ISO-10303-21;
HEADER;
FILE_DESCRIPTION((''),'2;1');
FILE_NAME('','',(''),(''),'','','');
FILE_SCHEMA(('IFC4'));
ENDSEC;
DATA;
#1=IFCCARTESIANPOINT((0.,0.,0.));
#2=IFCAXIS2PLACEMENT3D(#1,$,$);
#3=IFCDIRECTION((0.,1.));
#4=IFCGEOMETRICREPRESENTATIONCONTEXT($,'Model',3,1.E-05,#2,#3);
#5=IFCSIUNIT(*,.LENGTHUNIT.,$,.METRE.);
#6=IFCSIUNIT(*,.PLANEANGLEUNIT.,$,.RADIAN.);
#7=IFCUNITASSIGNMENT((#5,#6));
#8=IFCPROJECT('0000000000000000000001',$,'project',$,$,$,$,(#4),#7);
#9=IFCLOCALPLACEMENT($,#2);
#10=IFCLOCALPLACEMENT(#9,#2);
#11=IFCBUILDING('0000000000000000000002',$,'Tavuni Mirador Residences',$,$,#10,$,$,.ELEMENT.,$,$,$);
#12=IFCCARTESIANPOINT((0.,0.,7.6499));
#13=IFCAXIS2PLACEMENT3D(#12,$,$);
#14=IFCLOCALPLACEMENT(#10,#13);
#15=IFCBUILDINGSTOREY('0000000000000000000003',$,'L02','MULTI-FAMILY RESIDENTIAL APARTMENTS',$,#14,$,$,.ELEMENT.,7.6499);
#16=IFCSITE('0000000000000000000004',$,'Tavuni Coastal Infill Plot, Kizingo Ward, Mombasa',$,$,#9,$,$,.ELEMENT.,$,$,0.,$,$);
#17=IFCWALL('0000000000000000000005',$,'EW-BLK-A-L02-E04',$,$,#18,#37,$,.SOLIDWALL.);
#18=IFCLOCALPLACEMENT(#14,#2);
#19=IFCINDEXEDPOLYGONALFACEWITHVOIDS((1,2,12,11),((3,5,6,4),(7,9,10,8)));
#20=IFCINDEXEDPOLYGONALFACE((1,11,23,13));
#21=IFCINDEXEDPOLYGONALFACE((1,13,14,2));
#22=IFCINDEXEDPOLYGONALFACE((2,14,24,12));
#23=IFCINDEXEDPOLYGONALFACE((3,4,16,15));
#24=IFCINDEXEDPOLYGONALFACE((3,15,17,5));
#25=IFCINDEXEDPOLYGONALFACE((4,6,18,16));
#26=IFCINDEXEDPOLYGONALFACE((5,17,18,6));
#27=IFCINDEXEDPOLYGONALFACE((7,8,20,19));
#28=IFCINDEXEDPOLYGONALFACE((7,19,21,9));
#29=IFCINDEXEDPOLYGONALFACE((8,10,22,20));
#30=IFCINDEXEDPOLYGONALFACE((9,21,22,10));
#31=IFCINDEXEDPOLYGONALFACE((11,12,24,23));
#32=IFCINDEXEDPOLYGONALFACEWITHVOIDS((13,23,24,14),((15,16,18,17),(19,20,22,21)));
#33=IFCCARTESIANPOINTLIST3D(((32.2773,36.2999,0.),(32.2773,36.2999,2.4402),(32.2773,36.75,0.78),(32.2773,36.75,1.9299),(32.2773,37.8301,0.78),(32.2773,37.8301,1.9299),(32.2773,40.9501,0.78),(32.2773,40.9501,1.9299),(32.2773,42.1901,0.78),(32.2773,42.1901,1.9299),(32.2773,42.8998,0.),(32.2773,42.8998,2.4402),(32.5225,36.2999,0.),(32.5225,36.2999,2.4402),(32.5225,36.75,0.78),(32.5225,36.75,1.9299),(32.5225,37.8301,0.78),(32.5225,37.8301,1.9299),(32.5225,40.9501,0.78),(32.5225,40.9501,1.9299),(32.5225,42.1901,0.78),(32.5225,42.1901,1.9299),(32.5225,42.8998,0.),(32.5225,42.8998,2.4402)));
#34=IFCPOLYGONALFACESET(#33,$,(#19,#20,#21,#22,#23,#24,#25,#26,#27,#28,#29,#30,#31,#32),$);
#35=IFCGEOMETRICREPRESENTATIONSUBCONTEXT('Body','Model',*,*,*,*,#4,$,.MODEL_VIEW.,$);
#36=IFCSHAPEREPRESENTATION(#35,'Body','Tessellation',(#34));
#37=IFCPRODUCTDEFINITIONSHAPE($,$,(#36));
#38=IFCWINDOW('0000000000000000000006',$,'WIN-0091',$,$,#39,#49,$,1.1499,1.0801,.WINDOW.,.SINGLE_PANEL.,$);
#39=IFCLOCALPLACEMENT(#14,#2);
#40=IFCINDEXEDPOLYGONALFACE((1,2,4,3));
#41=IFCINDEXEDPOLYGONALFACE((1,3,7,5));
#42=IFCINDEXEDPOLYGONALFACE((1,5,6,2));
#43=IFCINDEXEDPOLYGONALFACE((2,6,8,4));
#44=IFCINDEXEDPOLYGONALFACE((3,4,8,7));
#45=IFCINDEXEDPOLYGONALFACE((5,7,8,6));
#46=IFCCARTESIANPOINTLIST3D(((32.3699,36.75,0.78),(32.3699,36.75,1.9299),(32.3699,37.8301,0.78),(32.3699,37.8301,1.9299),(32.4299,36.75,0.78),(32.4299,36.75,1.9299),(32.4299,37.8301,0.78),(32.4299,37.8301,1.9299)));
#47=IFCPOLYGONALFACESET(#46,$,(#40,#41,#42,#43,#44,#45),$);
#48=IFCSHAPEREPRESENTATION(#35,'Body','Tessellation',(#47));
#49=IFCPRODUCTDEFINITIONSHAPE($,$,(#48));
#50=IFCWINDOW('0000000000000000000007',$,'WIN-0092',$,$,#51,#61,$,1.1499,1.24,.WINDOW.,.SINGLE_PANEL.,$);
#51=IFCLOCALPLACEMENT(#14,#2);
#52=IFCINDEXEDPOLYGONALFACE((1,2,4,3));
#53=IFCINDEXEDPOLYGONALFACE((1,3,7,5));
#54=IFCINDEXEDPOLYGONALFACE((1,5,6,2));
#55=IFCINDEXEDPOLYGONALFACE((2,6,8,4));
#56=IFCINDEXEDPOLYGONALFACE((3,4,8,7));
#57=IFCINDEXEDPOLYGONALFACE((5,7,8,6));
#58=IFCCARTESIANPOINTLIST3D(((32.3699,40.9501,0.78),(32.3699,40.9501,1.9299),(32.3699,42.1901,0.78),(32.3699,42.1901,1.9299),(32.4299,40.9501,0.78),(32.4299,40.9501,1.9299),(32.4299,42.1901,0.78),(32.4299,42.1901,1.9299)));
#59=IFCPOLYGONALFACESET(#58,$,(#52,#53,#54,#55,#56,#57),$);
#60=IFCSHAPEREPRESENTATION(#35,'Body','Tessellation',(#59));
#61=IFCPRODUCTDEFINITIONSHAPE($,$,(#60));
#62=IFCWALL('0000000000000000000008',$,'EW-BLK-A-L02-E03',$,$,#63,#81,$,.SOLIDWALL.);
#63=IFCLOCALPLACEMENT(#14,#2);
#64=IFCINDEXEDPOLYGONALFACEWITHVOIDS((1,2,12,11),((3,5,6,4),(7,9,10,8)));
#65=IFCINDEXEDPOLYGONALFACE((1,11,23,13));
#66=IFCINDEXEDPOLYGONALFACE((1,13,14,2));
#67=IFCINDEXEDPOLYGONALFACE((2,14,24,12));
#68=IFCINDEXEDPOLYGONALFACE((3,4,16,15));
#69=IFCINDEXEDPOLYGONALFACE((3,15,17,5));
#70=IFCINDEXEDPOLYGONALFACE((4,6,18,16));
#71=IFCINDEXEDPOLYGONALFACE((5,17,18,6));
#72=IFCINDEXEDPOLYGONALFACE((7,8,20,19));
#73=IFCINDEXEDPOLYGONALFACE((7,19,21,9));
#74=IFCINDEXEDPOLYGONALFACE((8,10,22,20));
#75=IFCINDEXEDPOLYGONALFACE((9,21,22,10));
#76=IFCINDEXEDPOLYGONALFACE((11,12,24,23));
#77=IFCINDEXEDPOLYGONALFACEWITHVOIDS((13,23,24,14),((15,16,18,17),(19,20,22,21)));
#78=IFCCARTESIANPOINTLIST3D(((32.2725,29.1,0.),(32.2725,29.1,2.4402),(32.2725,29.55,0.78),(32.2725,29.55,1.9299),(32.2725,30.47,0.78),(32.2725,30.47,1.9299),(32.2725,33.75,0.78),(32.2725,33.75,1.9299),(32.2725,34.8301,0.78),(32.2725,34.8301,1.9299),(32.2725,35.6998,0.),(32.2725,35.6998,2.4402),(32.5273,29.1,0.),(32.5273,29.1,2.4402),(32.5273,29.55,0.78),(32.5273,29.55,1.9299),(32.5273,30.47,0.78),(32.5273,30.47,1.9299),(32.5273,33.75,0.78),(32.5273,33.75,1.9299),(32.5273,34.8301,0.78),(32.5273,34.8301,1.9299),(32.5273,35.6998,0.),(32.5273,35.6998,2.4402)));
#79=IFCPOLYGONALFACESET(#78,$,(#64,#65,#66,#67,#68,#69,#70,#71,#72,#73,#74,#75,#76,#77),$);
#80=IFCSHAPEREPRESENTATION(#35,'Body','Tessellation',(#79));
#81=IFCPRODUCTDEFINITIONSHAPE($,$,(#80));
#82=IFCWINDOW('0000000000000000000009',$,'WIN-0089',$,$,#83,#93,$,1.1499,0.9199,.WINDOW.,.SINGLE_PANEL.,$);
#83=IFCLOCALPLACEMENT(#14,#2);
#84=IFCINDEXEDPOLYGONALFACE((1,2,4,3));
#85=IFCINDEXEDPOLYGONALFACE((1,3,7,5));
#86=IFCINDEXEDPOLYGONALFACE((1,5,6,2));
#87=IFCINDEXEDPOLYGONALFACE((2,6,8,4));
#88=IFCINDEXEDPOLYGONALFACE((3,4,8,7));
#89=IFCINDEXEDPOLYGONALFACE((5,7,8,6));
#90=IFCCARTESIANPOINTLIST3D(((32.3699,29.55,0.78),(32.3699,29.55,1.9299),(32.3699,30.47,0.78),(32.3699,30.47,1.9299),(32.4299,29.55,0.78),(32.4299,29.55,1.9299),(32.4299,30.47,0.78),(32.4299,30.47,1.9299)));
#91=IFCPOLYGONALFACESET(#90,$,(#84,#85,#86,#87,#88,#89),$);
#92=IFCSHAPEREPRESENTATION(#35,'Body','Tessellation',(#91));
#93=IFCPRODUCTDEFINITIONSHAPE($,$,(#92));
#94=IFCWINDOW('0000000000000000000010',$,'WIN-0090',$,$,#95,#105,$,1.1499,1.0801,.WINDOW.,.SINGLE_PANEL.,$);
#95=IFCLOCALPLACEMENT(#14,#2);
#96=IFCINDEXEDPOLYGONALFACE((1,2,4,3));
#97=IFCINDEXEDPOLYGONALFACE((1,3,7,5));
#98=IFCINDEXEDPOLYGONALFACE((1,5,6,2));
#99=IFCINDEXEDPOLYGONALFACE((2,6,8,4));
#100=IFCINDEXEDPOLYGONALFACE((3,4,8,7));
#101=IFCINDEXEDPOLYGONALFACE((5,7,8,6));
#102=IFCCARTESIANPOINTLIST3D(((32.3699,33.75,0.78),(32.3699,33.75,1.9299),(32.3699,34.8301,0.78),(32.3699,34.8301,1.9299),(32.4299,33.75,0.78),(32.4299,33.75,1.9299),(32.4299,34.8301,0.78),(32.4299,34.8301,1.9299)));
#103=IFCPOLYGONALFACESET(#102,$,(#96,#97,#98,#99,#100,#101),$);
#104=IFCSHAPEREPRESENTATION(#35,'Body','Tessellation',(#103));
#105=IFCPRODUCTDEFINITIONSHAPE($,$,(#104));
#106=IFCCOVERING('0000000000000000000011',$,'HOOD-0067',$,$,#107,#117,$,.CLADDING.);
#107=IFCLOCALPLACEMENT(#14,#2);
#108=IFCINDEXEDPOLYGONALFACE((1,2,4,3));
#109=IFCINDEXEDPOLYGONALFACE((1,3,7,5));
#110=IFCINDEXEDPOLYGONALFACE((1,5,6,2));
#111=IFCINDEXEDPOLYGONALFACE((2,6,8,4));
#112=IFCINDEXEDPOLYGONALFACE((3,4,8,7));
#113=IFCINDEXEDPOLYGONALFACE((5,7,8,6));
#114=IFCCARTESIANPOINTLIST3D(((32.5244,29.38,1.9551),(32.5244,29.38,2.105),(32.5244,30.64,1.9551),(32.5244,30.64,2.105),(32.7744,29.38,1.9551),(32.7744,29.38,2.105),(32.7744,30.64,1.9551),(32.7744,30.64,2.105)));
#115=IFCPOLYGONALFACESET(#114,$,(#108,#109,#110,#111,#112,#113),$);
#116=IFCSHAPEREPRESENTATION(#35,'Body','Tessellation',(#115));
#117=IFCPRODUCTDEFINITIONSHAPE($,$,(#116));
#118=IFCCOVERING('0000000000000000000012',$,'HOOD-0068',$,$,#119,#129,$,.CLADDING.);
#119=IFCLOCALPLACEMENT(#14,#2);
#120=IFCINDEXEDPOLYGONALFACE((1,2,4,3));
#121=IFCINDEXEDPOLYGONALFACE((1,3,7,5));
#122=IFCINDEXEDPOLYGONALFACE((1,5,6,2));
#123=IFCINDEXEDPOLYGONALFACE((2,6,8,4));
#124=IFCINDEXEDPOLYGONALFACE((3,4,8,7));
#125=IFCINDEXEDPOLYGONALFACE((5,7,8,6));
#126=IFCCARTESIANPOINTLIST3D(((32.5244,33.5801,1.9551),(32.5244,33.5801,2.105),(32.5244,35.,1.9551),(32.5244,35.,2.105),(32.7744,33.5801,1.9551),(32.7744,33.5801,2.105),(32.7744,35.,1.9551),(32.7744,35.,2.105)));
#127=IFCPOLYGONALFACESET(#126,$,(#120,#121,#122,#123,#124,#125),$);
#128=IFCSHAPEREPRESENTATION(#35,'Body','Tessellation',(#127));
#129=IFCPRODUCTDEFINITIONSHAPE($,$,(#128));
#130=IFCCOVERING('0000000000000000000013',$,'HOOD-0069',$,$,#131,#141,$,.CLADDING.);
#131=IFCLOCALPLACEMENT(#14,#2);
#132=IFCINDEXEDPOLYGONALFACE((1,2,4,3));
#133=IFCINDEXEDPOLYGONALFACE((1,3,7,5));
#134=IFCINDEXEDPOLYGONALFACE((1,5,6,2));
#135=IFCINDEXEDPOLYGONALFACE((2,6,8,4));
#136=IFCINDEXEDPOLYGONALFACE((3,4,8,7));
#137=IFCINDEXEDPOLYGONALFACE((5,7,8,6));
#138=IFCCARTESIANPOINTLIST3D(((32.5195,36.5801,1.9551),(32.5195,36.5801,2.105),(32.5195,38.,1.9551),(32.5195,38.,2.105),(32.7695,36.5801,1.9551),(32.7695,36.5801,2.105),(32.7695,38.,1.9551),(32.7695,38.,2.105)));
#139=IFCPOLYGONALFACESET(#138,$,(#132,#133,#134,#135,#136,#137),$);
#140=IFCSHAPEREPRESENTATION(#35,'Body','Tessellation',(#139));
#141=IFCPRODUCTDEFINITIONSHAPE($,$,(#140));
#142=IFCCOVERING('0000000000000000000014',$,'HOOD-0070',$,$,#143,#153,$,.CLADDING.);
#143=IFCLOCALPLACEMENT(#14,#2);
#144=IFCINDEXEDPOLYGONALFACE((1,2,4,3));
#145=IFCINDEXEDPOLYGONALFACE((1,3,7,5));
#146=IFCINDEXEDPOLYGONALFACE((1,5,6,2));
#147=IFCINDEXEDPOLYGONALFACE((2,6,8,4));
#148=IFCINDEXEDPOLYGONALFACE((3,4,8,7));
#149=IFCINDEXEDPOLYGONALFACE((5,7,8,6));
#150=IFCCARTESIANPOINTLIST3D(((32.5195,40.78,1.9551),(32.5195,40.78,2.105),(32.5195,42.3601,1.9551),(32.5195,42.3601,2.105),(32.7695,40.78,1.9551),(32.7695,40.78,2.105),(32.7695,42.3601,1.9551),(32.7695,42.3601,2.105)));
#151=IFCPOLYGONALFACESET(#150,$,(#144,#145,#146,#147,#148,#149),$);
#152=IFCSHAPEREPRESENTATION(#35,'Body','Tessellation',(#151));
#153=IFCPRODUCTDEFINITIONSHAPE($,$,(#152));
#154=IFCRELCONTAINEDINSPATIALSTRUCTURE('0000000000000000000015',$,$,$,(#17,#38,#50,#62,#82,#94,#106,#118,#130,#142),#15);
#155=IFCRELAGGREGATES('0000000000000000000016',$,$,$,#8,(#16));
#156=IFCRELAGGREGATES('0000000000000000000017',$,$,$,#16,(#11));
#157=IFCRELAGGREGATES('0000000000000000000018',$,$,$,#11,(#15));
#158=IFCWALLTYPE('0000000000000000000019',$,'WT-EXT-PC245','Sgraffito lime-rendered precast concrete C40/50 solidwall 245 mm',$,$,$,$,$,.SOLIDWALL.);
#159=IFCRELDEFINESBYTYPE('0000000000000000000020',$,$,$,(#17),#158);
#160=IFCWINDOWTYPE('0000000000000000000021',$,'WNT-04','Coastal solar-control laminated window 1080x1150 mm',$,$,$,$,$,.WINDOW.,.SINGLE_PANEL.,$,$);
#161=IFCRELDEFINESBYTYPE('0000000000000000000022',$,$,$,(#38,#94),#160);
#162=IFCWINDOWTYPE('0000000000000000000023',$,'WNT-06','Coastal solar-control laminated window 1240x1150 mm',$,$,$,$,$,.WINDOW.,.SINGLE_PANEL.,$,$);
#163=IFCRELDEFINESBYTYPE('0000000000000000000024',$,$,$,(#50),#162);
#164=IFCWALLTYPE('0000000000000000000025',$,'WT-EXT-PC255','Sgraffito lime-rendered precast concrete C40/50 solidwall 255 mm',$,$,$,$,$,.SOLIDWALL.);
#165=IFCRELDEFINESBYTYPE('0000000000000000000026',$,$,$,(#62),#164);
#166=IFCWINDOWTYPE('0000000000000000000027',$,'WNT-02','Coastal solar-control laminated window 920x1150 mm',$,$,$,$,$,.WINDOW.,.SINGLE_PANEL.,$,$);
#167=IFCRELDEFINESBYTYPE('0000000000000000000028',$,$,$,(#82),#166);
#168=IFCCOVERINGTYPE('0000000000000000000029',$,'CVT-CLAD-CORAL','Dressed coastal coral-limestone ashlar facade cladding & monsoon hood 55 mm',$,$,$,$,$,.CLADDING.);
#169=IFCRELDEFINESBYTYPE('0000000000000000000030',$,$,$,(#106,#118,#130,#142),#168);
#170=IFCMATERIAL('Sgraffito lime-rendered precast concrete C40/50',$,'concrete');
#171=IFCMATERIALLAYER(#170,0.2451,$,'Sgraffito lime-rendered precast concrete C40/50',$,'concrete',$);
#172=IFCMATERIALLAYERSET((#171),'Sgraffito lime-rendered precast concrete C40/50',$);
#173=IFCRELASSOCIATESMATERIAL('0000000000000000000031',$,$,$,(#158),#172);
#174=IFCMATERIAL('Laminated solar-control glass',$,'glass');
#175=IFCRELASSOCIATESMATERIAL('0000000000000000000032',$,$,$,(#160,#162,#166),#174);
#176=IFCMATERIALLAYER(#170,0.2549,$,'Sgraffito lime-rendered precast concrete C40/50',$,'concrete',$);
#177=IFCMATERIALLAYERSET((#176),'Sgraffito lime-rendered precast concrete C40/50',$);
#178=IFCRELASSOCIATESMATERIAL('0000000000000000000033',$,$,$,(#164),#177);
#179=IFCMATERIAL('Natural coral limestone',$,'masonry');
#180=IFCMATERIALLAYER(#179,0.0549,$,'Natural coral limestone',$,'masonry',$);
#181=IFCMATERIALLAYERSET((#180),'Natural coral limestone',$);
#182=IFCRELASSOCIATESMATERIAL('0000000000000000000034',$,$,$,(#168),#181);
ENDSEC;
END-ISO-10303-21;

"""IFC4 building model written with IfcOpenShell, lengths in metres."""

from ifc_helpers import new_model, si_unit, direction, frame, frame_2d, origin, origin_2d, place, context, subcontext, project, spatial, rectangle, extrude, material, layer, layer_set, type_object, element, fill, save


model = new_model("IFC4")

# Units and contexts
model_context = context("Model", 3, precision=1e-05, world=origin(), true_north=direction((0.0, 1.0)))
body_context = subcontext(model_context, "Body", "Model", "MODEL_VIEW")
ifc_project = project(units=[si_unit("LENGTHUNIT", "METRE"), si_unit("PLANEANGLEUNIT", "RADIAN")], contexts=[model_context])

# Site, building, storey
site_placement = place(None, origin())
site = spatial("IfcSite", under=ifc_project, at=site_placement, Name="Tavuni Coastal Infill Plot, Kizingo Ward, Mombasa", CompositionType="ELEMENT", RefElevation=0.0)
building_placement = place(site_placement, origin())
building = spatial("IfcBuilding", under=site, at=building_placement, Name="Tavuni Mirador Residences", CompositionType="ELEMENT")
storey_placement = place(building_placement, frame((0.0, 0.0, 7.6499)))
storey = spatial("IfcBuildingStorey", under=building, at=storey_placement, Name="L02", Description="MULTI-FAMILY RESIDENTIAL APARTMENTS", CompositionType="ELEMENT", Elevation=7.6499)

# Walls, openings, windows
ifc_material_1 = material(Name="Sgraffito lime-rendered precast concrete C40/50", Category="concrete")
ifc_layer_1 = layer(ifc_material_1, 0.2451, Name="Sgraffito lime-rendered precast concrete C40/50", Category="concrete")
ifc_layer_set_1 = layer_set([ifc_layer_1], Name="Sgraffito lime-rendered precast concrete C40/50")
wall_type_1 = type_object("IfcWallType", Name="WT-EXT-PC245", Description="Sgraffito lime-rendered precast concrete C40/50 solidwall 245 mm", PredefinedType="SOLIDWALL", material=ifc_layer_set_1)
wall_1_placement = place(storey_placement, frame((32.3999, 36.3, 0.0), z_axis=(0.0, 0.0, 1.0), x_axis=(0.0, 1.0, 0.0)))
wall_1 = element("IfcWall", 1, at=wall_1_placement, inside=storey, type_object=wall_type_1, Name="EW-BLK-A-L02-E04", PredefinedType="SOLIDWALL", context=body_context, shape_type="SweptSolid", body=[
    extrude(rectangle(XDim=6.5999, YDim=0.2451, at=frame_2d((3.2998, 0.0))), origin(), (0.0, 0.0, 1.0), 2.4402),
])
opening_1_placement = place(wall_1_placement, frame((0.45, 0.0, 0.78)))
opening_1 = element("IfcOpeningElement", 2, at=opening_1_placement, cuts=wall_1, PredefinedType="OPENING", context=body_context, shape_type="SweptSolid", body=[
    extrude(rectangle(XDim=1.0801, YDim=1.1499, at=frame_2d((0.54, 0.575))), frame((0.0, 0.1326, 0.0), z_axis=(0.0, -1.0, 0.0), x_axis=(1.0, 0.0, 0.0)), (0.0, 0.0, 1.0), 0.2651),
])
opening_2_placement = place(wall_1_placement, frame((4.6499, 0.0, 0.78)))
opening_2 = element("IfcOpeningElement", 3, at=opening_2_placement, cuts=wall_1, PredefinedType="OPENING", context=body_context, shape_type="SweptSolid", body=[
    extrude(rectangle(XDim=1.24, YDim=1.1499, at=frame_2d((0.6201, 0.575))), frame((0.0, 0.1326, 0.0), z_axis=(0.0, -1.0, 0.0), x_axis=(1.0, 0.0, 0.0)), (0.0, 0.0, 1.0), 0.2651),
])
ifc_material_2 = material(Name="Laminated solar-control glass", Category="glass")
window_type_1 = type_object("IfcWindowType", Name="WNT-04", Description="Coastal solar-control laminated window 1080x1150 mm", PartitioningType="SINGLE_PANEL", PredefinedType="WINDOW", material=ifc_material_2)
window_1_placement = place(opening_1_placement, origin())
window_1 = element("IfcWindow", 4, at=window_1_placement, inside=storey, type_object=window_type_1, Name="WIN-0091", OverallHeight=1.1499, OverallWidth=1.0801, PartitioningType="SINGLE_PANEL", PredefinedType="WINDOW", context=body_context, shape_type="SweptSolid", body=[
    extrude(rectangle(XDim=1.0801, YDim=1.1499, at=frame_2d((0.54, 0.575))), frame((0.0, 0.03, 0.0), z_axis=(0.0, -1.0, 0.0), x_axis=(1.0, 0.0, 0.0)), (0.0, 0.0, 1.0), 0.0601),
])
fill(opening_1, window_1)
window_type_2 = type_object("IfcWindowType", Name="WNT-06", Description="Coastal solar-control laminated window 1240x1150 mm", PartitioningType="SINGLE_PANEL", PredefinedType="WINDOW", material=ifc_material_2)
window_2_placement = place(opening_2_placement, origin())
window_2 = element("IfcWindow", 5, at=window_2_placement, inside=storey, type_object=window_type_2, Name="WIN-0092", OverallHeight=1.1499, OverallWidth=1.24, PartitioningType="SINGLE_PANEL", PredefinedType="WINDOW", context=body_context, shape_type="SweptSolid", body=[
    extrude(rectangle(XDim=1.24, YDim=1.1499, at=frame_2d((0.6201, 0.575))), frame((0.0, 0.03, 0.0), z_axis=(0.0, -1.0, 0.0), x_axis=(1.0, 0.0, 0.0)), (0.0, 0.0, 1.0), 0.0601),
])
fill(opening_2, window_2)
ifc_layer_2 = layer(ifc_material_1, 0.2549, Name="Sgraffito lime-rendered precast concrete C40/50", Category="concrete")
ifc_layer_set_2 = layer_set([ifc_layer_2], Name="Sgraffito lime-rendered precast concrete C40/50")
wall_type_2 = type_object("IfcWallType", Name="WT-EXT-PC255", Description="Sgraffito lime-rendered precast concrete C40/50 solidwall 255 mm", PredefinedType="SOLIDWALL", material=ifc_layer_set_2)
wall_2_placement = place(storey_placement, frame((32.3999, 29.1001, 0.0), z_axis=(0.0, 0.0, 1.0), x_axis=(0.0, 1.0, 0.0)))
wall_2 = element("IfcWall", 6, at=wall_2_placement, inside=storey, type_object=wall_type_2, Name="EW-BLK-A-L02-E03", PredefinedType="SOLIDWALL", context=body_context, shape_type="SweptSolid", body=[
    extrude(rectangle(XDim=6.5999, YDim=0.2549, at=frame_2d((3.2998, 0.0))), origin(), (0.0, 0.0, 1.0), 2.4402),
])
opening_3_placement = place(wall_2_placement, frame((0.45, 0.0, 0.78)))
opening_3 = element("IfcOpeningElement", 7, at=opening_3_placement, cuts=wall_2, PredefinedType="OPENING", context=body_context, shape_type="SweptSolid", body=[
    extrude(rectangle(XDim=0.9199, YDim=1.1499, at=frame_2d((0.46, 0.575))), frame((0.0, 0.1375, 0.0), z_axis=(0.0, -1.0, 0.0), x_axis=(1.0, 0.0, 0.0)), (0.0, 0.0, 1.0), 0.2749),
])
opening_4_placement = place(wall_2_placement, frame((4.6499, 0.0, 0.78)))
opening_4 = element("IfcOpeningElement", 8, at=opening_4_placement, cuts=wall_2, PredefinedType="OPENING", context=body_context, shape_type="SweptSolid", body=[
    extrude(rectangle(XDim=1.0801, YDim=1.1499, at=frame_2d((0.54, 0.575))), frame((0.0, 0.1375, 0.0), z_axis=(0.0, -1.0, 0.0), x_axis=(1.0, 0.0, 0.0)), (0.0, 0.0, 1.0), 0.2749),
])
window_type_3 = type_object("IfcWindowType", Name="WNT-02", Description="Coastal solar-control laminated window 920x1150 mm", PartitioningType="SINGLE_PANEL", PredefinedType="WINDOW", material=ifc_material_2)
window_3_placement = place(opening_3_placement, origin())
window_3 = element("IfcWindow", 9, at=window_3_placement, inside=storey, type_object=window_type_3, Name="WIN-0089", OverallHeight=1.1499, OverallWidth=0.9199, PartitioningType="SINGLE_PANEL", PredefinedType="WINDOW", context=body_context, shape_type="SweptSolid", body=[
    extrude(rectangle(XDim=0.9199, YDim=1.1499, at=frame_2d((0.46, 0.575))), frame((0.0, 0.03, 0.0), z_axis=(0.0, -1.0, 0.0), x_axis=(1.0, 0.0, 0.0)), (0.0, 0.0, 1.0), 0.0601),
])
fill(opening_3, window_3)
window_4_placement = place(opening_4_placement, origin())
window_4 = element("IfcWindow", 10, at=window_4_placement, inside=storey, type_object=window_type_1, Name="WIN-0090", OverallHeight=1.1499, OverallWidth=1.0801, PartitioningType="SINGLE_PANEL", PredefinedType="WINDOW", context=body_context, shape_type="SweptSolid", body=[
    extrude(rectangle(XDim=1.0801, YDim=1.1499, at=frame_2d((0.54, 0.575))), frame((0.0, 0.03, 0.0), z_axis=(0.0, -1.0, 0.0), x_axis=(1.0, 0.0, 0.0)), (0.0, 0.0, 1.0), 0.0601),
])
fill(opening_4, window_4)

# Coverings
ifc_material_3 = material(Name="Natural coral limestone", Category="masonry")
ifc_layer_3 = layer(ifc_material_3, 0.0549, Name="Natural coral limestone", Category="masonry")
ifc_layer_set_3 = layer_set([ifc_layer_3], Name="Natural coral limestone")
covering_type = type_object("IfcCoveringType", Name="CVT-CLAD-CORAL", Description="Dressed coastal coral-limestone ashlar facade cladding & monsoon hood 55 mm", PredefinedType="CLADDING", material=ifc_layer_set_3)
covering_1_placement = place(storey_placement, frame((32.6494, 30.01, 1.9551), z_axis=(0.0, 0.0, 1.0), x_axis=(0.0, 1.0, 0.0)))
element("IfcCovering", 11, at=covering_1_placement, inside=storey, type_object=covering_type, Name="HOOD-0067", PredefinedType="CLADDING", context=body_context, shape_type="SweptSolid", body=[
    extrude(rectangle(XDim=1.26, YDim=0.25, at=origin_2d()), origin(), (0.0, 0.0, 1.0), 0.1499),
])
for number, where, z_axis, x_axis, name in (
    (12, (32.6494, 34.29, 1.9551), (0.0, 0.0, 1.0), (0.0, 1.0, 0.0), "HOOD-0068"),
    (13, (32.6445, 37.29, 1.9551), (0.0, 0.0, 1.0), (0.0, 1.0, 0.0), "HOOD-0069"),
):
    element("IfcCovering", number, at=place(storey_placement, frame(where, z_axis=z_axis, x_axis=x_axis)), inside=storey, type_object=covering_type, Name=name, PredefinedType="CLADDING", context=body_context, shape_type="SweptSolid", body=[
        extrude(rectangle(XDim=1.4199, YDim=0.25, at=origin_2d()), origin(), (0.0, 0.0, 1.0), 0.1499),
    ])
covering_2_placement = place(storey_placement, frame((32.6445, 41.5701, 1.9551), z_axis=(0.0, 0.0, 1.0), x_axis=(0.0, 1.0, 0.0)))
element("IfcCovering", 14, at=covering_2_placement, inside=storey, type_object=covering_type, Name="HOOD-0070", PredefinedType="CLADDING", context=body_context, shape_type="SweptSolid", body=[
    extrude(rectangle(XDim=1.5801, YDim=0.25, at=origin_2d()), origin(), (0.0, 0.0, 1.0), 0.1499),
])

save(model, "model.ifc")
